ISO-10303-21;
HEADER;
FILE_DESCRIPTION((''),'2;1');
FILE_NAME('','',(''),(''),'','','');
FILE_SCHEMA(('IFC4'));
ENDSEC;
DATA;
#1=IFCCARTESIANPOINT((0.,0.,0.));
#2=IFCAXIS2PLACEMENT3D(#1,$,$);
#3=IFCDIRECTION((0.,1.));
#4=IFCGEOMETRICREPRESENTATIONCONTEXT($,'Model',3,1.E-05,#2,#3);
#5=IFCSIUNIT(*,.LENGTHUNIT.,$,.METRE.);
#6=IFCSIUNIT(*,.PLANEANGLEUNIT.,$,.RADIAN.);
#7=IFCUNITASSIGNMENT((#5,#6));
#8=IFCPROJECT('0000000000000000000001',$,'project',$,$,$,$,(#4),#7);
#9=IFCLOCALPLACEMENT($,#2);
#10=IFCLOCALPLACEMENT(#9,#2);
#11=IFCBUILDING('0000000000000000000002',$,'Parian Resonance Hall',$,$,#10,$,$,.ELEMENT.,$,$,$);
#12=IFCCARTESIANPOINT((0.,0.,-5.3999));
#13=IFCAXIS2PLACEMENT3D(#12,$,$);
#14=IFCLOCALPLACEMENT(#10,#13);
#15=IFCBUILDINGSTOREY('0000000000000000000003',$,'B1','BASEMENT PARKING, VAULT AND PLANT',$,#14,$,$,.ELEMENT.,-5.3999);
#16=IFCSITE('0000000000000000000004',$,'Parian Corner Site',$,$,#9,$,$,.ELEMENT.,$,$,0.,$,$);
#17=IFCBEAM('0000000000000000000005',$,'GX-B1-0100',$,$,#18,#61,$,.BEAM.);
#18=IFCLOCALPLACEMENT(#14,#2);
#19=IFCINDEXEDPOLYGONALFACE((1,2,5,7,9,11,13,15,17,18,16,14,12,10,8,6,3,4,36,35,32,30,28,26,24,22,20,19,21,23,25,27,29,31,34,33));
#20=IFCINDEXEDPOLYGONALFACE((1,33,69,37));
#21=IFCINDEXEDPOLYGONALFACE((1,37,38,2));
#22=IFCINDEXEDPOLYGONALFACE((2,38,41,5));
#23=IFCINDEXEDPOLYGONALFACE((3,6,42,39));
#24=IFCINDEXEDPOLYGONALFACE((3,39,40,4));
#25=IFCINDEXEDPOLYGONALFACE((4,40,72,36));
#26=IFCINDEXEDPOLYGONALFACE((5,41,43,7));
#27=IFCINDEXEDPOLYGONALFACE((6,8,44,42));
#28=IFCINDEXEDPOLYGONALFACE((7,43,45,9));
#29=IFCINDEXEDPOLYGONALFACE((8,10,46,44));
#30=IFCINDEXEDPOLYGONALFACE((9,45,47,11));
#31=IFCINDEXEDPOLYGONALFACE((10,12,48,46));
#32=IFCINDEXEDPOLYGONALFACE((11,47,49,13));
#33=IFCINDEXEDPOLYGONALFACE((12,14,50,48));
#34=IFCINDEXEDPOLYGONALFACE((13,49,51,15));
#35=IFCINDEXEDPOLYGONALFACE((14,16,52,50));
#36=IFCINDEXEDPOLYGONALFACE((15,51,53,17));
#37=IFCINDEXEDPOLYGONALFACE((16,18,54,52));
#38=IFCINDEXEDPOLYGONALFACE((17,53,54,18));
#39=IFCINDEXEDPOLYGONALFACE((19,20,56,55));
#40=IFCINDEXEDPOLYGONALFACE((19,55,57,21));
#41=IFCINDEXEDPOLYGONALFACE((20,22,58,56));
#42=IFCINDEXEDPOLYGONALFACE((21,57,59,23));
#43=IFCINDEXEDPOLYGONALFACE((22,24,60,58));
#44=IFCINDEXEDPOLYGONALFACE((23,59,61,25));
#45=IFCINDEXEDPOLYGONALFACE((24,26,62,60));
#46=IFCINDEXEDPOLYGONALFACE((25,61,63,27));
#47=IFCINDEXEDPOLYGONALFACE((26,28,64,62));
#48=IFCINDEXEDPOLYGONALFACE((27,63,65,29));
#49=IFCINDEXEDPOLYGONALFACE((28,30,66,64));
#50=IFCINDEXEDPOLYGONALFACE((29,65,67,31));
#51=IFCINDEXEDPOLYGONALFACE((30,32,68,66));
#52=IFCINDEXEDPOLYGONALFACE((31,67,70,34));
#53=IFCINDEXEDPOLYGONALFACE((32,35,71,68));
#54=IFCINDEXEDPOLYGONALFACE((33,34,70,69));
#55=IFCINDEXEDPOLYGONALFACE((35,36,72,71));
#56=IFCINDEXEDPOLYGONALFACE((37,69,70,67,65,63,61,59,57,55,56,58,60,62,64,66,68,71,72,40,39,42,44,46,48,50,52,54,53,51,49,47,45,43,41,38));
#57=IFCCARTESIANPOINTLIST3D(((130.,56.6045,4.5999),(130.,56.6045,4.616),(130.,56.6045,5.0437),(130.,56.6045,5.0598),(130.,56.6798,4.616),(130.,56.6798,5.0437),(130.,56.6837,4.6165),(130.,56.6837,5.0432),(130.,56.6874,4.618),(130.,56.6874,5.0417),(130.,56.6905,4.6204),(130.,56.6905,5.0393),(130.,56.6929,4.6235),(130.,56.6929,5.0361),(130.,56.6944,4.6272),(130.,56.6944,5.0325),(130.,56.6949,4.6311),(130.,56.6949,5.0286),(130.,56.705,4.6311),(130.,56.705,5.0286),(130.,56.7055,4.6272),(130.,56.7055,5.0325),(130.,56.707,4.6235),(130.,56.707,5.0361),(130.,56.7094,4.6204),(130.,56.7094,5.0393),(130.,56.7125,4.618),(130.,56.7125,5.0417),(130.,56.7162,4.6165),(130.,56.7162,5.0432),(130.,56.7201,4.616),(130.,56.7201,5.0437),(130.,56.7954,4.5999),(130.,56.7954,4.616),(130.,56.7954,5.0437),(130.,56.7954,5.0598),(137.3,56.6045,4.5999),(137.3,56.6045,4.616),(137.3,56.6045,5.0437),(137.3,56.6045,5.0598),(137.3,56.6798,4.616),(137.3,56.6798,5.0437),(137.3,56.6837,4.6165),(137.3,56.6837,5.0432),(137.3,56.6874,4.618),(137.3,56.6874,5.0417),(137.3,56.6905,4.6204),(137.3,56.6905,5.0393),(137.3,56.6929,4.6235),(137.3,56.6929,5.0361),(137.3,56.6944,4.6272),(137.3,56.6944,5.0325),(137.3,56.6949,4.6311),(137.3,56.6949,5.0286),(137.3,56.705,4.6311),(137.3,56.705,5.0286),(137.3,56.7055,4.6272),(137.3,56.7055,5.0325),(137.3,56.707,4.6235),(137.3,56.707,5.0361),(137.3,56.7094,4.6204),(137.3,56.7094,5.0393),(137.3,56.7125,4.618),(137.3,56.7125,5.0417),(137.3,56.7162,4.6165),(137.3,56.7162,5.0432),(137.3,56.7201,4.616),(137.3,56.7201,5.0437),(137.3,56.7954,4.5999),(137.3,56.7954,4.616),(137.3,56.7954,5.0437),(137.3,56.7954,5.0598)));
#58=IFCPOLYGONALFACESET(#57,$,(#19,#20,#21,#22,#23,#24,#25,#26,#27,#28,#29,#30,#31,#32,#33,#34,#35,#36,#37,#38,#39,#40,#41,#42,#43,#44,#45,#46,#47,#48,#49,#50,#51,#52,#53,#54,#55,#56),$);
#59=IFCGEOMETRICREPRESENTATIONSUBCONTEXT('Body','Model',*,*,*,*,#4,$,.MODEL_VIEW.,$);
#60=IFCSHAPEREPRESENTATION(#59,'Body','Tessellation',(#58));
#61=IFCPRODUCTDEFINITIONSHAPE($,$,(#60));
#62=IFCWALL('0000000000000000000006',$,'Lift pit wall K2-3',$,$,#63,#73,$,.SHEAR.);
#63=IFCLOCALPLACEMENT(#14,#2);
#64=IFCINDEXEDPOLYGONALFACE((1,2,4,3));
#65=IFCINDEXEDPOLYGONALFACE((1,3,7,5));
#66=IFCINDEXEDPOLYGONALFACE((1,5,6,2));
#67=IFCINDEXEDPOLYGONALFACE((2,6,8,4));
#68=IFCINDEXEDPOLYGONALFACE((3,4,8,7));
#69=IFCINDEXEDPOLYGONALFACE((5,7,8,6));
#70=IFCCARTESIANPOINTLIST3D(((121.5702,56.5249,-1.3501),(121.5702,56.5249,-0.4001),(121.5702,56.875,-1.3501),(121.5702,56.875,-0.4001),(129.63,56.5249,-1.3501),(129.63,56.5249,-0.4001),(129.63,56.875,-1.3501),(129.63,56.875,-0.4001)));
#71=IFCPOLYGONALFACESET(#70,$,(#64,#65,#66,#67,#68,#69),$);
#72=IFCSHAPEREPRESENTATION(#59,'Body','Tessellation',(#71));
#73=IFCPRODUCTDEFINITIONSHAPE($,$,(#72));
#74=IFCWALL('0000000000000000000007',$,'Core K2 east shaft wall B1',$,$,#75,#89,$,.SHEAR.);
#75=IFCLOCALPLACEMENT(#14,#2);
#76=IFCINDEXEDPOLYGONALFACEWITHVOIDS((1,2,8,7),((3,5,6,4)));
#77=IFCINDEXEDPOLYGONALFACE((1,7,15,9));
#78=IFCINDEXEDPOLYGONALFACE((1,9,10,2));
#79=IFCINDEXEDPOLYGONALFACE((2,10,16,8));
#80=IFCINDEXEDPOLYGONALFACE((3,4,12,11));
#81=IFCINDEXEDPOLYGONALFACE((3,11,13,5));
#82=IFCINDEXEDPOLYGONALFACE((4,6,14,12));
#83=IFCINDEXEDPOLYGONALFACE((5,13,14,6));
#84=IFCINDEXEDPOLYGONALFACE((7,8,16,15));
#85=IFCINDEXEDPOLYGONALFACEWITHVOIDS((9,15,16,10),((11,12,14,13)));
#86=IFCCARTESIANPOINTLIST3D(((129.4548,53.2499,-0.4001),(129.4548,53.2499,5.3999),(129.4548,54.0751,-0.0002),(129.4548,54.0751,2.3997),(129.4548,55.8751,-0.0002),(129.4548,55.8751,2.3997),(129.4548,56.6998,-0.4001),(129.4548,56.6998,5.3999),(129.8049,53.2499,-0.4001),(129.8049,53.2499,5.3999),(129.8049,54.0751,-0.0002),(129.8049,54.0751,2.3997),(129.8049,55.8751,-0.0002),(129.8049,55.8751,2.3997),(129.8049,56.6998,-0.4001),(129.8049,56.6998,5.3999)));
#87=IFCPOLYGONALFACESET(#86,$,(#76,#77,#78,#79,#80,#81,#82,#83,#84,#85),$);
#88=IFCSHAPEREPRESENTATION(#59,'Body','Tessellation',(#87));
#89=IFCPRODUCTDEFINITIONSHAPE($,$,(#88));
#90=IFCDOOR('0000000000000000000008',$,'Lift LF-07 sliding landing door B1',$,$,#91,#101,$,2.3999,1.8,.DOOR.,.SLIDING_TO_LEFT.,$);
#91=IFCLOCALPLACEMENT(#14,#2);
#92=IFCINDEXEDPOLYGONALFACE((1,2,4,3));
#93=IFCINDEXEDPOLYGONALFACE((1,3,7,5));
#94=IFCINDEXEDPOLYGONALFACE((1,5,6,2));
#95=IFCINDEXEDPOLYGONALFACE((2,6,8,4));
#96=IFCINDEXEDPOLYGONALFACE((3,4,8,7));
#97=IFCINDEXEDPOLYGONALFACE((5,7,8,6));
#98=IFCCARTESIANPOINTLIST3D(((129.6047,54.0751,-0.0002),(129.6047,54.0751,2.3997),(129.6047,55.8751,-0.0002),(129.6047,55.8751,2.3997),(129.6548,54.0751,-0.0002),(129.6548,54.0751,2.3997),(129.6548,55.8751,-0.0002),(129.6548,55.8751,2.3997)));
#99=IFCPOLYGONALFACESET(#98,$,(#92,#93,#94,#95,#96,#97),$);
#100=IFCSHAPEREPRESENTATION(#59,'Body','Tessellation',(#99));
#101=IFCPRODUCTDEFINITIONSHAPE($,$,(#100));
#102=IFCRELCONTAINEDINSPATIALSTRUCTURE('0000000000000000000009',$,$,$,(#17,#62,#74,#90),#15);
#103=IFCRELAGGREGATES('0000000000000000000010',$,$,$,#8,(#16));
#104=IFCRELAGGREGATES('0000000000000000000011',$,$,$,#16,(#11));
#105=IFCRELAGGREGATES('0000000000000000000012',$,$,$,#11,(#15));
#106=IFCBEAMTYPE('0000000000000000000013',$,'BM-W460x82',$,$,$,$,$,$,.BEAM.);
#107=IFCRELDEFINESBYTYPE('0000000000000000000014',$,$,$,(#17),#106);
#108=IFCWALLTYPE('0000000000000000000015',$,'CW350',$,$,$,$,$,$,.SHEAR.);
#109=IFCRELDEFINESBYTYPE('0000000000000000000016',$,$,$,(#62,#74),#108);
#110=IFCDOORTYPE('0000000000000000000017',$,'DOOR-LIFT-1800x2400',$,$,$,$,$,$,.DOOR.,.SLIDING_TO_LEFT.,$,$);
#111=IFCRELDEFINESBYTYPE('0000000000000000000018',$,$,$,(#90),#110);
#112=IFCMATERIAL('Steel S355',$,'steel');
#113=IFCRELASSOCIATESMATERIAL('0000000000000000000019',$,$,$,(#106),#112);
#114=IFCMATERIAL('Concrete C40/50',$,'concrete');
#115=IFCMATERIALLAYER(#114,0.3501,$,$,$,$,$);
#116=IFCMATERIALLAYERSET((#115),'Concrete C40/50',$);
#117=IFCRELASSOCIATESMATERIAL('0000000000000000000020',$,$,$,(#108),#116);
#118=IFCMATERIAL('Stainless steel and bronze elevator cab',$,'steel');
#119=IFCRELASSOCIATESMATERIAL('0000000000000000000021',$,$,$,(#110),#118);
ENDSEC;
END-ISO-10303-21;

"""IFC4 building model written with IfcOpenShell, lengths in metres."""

from ifc_helpers import new_model, si_unit, direction, frame, frame_2d, origin, origin_2d, place, context, subcontext, project, spatial, rectangle, i_section, extrude, material, layer, layer_set, material_profile, profile_set, type_object, element, fill, save


model = new_model("IFC4")

# Units and contexts
model_context = context("Model", 3, precision=1e-05, world=origin(), true_north=direction((0.0, 1.0)))
body_context = subcontext(model_context, "Body", "Model", "MODEL_VIEW")
ifc_project = project(units=[si_unit("LENGTHUNIT", "METRE"), si_unit("PLANEANGLEUNIT", "RADIAN")], contexts=[model_context])

# Site, building, storey
site_placement = place(None, origin())
site = spatial("IfcSite", under=ifc_project, at=site_placement, Name="Parian Corner Site", CompositionType="ELEMENT", RefElevation=0.0)
building_placement = place(site_placement, origin())
building = spatial("IfcBuilding", under=site, at=building_placement, Name="Parian Resonance Hall", CompositionType="ELEMENT")
storey_placement = place(building_placement, frame((0.0, 0.0, -5.3999)))
storey = spatial("IfcBuildingStorey", under=building, at=storey_placement, Name="B1", Description="BASEMENT PARKING, VAULT AND PLANT", CompositionType="ELEMENT", Elevation=-5.3999)

# Beam
ifc_material_1 = material(Name="Steel S355", Category="steel")
ifc_material_profile_1 = material_profile(ifc_material_1, i_section(OverallWidth=0.1909, OverallDepth=0.46, WebThickness=0.01, FlangeThickness=0.0161, FilletRadius=0.0151, at=origin_2d()), Name="W460x82")
ifc_profile_set_1 = profile_set([ifc_material_profile_1], Name="Steel S355")
beam_type_1 = type_object("IfcBeamType", Name="BM-W460x82", PredefinedType="BEAM", material=ifc_profile_set_1)
beam_1_placement = place(storey_placement, frame((130.0, 56.7, 4.8298), z_axis=(1.0, 0.0, 0.0), x_axis=(0.0, 1.0, 0.0)))
element("IfcBeam", 1, at=beam_1_placement, inside=storey, type_object=beam_type_1, Name="GX-B1-0100", PredefinedType="BEAM", context=body_context, shape_type="SweptSolid", body=[
    extrude(i_section(OverallWidth=0.1909, OverallDepth=0.46, WebThickness=0.01, FlangeThickness=0.0161, FilletRadius=0.0151, at=origin_2d()), origin(), (0.0, 0.0, 1.0), 7.3),
])

# Wall
ifc_material_2 = material(Name="Concrete C40/50", Category="concrete")
ifc_layer = layer(ifc_material_2, 0.3501)
ifc_layer_set = layer_set([ifc_layer], Name="Concrete C40/50")
wall_type = type_object("IfcWallType", Name="CW350", PredefinedType="SHEAR", material=ifc_layer_set)
wall_1_placement = place(storey_placement, frame((129.6299, 56.7, -1.3501), z_axis=(0.0, 0.0, 1.0), x_axis=(-1.0, 0.0, 0.0)))
element("IfcWall", 2, at=wall_1_placement, inside=storey, type_object=wall_type, Name="Lift pit wall K2-3", PredefinedType="SHEAR", context=body_context, shape_type="SweptSolid", body=[
    extrude(rectangle(XDim=8.0598, YDim=0.3501, at=frame_2d((4.0298, 0.0))), origin(), (0.0, 0.0, 1.0), 0.95),
])

# Wall, opening, door
wall_2_placement = place(storey_placement, frame((129.6299, 56.7, -0.4001), z_axis=(0.0, 0.0, 1.0), x_axis=(0.0, -1.0, 0.0)))
wall_2 = element("IfcWall", 3, at=wall_2_placement, inside=storey, type_object=wall_type, Name="Core K2 east shaft wall B1", PredefinedType="SHEAR", context=body_context, shape_type="SweptSolid", body=[
    extrude(rectangle(XDim=3.45, YDim=0.3501, at=frame_2d((1.7251, 0.0))), origin(), (0.0, 0.0, 1.0), 5.8),
])
opening_placement = place(wall_2_placement, frame((0.825, 0.0, 0.3999)))
opening = element("IfcOpeningElement", 4, at=opening_placement, cuts=wall_2, PredefinedType="OPENING", context=body_context, shape_type="SweptSolid", body=[
    extrude(rectangle(XDim=1.8, YDim=2.3999, at=frame_2d((0.8999, 1.2))), frame((0.0, 0.1851, 0.0), z_axis=(0.0, -1.0, 0.0), x_axis=(1.0, 0.0, 0.0)), (0.0, 0.0, 1.0), 0.3701),
])
ifc_material_3 = material(Name="Stainless steel and bronze elevator cab", Category="steel")
door_type = type_object("IfcDoorType", Name="DOOR-LIFT-1800x2400", OperationType="SLIDING_TO_LEFT", PredefinedType="DOOR", material=ifc_material_3)
door_placement = place(opening_placement, origin())
door = element("IfcDoor", 5, at=door_placement, inside=storey, type_object=door_type, Name="Lift LF-07 sliding landing door B1", OperationType="SLIDING_TO_LEFT", OverallHeight=2.3999, OverallWidth=1.8, PredefinedType="DOOR", context=body_context, shape_type="SweptSolid", body=[
    extrude(rectangle(XDim=1.8, YDim=2.3999, at=frame_2d((0.8999, 1.2))), frame((0.0, 0.0249, 0.0), z_axis=(0.0, -1.0, 0.0), x_axis=(1.0, 0.0, 0.0)), (0.0, 0.0, 1.0), 0.05),
])
fill(opening, door)

save(model, "model.ifc")
